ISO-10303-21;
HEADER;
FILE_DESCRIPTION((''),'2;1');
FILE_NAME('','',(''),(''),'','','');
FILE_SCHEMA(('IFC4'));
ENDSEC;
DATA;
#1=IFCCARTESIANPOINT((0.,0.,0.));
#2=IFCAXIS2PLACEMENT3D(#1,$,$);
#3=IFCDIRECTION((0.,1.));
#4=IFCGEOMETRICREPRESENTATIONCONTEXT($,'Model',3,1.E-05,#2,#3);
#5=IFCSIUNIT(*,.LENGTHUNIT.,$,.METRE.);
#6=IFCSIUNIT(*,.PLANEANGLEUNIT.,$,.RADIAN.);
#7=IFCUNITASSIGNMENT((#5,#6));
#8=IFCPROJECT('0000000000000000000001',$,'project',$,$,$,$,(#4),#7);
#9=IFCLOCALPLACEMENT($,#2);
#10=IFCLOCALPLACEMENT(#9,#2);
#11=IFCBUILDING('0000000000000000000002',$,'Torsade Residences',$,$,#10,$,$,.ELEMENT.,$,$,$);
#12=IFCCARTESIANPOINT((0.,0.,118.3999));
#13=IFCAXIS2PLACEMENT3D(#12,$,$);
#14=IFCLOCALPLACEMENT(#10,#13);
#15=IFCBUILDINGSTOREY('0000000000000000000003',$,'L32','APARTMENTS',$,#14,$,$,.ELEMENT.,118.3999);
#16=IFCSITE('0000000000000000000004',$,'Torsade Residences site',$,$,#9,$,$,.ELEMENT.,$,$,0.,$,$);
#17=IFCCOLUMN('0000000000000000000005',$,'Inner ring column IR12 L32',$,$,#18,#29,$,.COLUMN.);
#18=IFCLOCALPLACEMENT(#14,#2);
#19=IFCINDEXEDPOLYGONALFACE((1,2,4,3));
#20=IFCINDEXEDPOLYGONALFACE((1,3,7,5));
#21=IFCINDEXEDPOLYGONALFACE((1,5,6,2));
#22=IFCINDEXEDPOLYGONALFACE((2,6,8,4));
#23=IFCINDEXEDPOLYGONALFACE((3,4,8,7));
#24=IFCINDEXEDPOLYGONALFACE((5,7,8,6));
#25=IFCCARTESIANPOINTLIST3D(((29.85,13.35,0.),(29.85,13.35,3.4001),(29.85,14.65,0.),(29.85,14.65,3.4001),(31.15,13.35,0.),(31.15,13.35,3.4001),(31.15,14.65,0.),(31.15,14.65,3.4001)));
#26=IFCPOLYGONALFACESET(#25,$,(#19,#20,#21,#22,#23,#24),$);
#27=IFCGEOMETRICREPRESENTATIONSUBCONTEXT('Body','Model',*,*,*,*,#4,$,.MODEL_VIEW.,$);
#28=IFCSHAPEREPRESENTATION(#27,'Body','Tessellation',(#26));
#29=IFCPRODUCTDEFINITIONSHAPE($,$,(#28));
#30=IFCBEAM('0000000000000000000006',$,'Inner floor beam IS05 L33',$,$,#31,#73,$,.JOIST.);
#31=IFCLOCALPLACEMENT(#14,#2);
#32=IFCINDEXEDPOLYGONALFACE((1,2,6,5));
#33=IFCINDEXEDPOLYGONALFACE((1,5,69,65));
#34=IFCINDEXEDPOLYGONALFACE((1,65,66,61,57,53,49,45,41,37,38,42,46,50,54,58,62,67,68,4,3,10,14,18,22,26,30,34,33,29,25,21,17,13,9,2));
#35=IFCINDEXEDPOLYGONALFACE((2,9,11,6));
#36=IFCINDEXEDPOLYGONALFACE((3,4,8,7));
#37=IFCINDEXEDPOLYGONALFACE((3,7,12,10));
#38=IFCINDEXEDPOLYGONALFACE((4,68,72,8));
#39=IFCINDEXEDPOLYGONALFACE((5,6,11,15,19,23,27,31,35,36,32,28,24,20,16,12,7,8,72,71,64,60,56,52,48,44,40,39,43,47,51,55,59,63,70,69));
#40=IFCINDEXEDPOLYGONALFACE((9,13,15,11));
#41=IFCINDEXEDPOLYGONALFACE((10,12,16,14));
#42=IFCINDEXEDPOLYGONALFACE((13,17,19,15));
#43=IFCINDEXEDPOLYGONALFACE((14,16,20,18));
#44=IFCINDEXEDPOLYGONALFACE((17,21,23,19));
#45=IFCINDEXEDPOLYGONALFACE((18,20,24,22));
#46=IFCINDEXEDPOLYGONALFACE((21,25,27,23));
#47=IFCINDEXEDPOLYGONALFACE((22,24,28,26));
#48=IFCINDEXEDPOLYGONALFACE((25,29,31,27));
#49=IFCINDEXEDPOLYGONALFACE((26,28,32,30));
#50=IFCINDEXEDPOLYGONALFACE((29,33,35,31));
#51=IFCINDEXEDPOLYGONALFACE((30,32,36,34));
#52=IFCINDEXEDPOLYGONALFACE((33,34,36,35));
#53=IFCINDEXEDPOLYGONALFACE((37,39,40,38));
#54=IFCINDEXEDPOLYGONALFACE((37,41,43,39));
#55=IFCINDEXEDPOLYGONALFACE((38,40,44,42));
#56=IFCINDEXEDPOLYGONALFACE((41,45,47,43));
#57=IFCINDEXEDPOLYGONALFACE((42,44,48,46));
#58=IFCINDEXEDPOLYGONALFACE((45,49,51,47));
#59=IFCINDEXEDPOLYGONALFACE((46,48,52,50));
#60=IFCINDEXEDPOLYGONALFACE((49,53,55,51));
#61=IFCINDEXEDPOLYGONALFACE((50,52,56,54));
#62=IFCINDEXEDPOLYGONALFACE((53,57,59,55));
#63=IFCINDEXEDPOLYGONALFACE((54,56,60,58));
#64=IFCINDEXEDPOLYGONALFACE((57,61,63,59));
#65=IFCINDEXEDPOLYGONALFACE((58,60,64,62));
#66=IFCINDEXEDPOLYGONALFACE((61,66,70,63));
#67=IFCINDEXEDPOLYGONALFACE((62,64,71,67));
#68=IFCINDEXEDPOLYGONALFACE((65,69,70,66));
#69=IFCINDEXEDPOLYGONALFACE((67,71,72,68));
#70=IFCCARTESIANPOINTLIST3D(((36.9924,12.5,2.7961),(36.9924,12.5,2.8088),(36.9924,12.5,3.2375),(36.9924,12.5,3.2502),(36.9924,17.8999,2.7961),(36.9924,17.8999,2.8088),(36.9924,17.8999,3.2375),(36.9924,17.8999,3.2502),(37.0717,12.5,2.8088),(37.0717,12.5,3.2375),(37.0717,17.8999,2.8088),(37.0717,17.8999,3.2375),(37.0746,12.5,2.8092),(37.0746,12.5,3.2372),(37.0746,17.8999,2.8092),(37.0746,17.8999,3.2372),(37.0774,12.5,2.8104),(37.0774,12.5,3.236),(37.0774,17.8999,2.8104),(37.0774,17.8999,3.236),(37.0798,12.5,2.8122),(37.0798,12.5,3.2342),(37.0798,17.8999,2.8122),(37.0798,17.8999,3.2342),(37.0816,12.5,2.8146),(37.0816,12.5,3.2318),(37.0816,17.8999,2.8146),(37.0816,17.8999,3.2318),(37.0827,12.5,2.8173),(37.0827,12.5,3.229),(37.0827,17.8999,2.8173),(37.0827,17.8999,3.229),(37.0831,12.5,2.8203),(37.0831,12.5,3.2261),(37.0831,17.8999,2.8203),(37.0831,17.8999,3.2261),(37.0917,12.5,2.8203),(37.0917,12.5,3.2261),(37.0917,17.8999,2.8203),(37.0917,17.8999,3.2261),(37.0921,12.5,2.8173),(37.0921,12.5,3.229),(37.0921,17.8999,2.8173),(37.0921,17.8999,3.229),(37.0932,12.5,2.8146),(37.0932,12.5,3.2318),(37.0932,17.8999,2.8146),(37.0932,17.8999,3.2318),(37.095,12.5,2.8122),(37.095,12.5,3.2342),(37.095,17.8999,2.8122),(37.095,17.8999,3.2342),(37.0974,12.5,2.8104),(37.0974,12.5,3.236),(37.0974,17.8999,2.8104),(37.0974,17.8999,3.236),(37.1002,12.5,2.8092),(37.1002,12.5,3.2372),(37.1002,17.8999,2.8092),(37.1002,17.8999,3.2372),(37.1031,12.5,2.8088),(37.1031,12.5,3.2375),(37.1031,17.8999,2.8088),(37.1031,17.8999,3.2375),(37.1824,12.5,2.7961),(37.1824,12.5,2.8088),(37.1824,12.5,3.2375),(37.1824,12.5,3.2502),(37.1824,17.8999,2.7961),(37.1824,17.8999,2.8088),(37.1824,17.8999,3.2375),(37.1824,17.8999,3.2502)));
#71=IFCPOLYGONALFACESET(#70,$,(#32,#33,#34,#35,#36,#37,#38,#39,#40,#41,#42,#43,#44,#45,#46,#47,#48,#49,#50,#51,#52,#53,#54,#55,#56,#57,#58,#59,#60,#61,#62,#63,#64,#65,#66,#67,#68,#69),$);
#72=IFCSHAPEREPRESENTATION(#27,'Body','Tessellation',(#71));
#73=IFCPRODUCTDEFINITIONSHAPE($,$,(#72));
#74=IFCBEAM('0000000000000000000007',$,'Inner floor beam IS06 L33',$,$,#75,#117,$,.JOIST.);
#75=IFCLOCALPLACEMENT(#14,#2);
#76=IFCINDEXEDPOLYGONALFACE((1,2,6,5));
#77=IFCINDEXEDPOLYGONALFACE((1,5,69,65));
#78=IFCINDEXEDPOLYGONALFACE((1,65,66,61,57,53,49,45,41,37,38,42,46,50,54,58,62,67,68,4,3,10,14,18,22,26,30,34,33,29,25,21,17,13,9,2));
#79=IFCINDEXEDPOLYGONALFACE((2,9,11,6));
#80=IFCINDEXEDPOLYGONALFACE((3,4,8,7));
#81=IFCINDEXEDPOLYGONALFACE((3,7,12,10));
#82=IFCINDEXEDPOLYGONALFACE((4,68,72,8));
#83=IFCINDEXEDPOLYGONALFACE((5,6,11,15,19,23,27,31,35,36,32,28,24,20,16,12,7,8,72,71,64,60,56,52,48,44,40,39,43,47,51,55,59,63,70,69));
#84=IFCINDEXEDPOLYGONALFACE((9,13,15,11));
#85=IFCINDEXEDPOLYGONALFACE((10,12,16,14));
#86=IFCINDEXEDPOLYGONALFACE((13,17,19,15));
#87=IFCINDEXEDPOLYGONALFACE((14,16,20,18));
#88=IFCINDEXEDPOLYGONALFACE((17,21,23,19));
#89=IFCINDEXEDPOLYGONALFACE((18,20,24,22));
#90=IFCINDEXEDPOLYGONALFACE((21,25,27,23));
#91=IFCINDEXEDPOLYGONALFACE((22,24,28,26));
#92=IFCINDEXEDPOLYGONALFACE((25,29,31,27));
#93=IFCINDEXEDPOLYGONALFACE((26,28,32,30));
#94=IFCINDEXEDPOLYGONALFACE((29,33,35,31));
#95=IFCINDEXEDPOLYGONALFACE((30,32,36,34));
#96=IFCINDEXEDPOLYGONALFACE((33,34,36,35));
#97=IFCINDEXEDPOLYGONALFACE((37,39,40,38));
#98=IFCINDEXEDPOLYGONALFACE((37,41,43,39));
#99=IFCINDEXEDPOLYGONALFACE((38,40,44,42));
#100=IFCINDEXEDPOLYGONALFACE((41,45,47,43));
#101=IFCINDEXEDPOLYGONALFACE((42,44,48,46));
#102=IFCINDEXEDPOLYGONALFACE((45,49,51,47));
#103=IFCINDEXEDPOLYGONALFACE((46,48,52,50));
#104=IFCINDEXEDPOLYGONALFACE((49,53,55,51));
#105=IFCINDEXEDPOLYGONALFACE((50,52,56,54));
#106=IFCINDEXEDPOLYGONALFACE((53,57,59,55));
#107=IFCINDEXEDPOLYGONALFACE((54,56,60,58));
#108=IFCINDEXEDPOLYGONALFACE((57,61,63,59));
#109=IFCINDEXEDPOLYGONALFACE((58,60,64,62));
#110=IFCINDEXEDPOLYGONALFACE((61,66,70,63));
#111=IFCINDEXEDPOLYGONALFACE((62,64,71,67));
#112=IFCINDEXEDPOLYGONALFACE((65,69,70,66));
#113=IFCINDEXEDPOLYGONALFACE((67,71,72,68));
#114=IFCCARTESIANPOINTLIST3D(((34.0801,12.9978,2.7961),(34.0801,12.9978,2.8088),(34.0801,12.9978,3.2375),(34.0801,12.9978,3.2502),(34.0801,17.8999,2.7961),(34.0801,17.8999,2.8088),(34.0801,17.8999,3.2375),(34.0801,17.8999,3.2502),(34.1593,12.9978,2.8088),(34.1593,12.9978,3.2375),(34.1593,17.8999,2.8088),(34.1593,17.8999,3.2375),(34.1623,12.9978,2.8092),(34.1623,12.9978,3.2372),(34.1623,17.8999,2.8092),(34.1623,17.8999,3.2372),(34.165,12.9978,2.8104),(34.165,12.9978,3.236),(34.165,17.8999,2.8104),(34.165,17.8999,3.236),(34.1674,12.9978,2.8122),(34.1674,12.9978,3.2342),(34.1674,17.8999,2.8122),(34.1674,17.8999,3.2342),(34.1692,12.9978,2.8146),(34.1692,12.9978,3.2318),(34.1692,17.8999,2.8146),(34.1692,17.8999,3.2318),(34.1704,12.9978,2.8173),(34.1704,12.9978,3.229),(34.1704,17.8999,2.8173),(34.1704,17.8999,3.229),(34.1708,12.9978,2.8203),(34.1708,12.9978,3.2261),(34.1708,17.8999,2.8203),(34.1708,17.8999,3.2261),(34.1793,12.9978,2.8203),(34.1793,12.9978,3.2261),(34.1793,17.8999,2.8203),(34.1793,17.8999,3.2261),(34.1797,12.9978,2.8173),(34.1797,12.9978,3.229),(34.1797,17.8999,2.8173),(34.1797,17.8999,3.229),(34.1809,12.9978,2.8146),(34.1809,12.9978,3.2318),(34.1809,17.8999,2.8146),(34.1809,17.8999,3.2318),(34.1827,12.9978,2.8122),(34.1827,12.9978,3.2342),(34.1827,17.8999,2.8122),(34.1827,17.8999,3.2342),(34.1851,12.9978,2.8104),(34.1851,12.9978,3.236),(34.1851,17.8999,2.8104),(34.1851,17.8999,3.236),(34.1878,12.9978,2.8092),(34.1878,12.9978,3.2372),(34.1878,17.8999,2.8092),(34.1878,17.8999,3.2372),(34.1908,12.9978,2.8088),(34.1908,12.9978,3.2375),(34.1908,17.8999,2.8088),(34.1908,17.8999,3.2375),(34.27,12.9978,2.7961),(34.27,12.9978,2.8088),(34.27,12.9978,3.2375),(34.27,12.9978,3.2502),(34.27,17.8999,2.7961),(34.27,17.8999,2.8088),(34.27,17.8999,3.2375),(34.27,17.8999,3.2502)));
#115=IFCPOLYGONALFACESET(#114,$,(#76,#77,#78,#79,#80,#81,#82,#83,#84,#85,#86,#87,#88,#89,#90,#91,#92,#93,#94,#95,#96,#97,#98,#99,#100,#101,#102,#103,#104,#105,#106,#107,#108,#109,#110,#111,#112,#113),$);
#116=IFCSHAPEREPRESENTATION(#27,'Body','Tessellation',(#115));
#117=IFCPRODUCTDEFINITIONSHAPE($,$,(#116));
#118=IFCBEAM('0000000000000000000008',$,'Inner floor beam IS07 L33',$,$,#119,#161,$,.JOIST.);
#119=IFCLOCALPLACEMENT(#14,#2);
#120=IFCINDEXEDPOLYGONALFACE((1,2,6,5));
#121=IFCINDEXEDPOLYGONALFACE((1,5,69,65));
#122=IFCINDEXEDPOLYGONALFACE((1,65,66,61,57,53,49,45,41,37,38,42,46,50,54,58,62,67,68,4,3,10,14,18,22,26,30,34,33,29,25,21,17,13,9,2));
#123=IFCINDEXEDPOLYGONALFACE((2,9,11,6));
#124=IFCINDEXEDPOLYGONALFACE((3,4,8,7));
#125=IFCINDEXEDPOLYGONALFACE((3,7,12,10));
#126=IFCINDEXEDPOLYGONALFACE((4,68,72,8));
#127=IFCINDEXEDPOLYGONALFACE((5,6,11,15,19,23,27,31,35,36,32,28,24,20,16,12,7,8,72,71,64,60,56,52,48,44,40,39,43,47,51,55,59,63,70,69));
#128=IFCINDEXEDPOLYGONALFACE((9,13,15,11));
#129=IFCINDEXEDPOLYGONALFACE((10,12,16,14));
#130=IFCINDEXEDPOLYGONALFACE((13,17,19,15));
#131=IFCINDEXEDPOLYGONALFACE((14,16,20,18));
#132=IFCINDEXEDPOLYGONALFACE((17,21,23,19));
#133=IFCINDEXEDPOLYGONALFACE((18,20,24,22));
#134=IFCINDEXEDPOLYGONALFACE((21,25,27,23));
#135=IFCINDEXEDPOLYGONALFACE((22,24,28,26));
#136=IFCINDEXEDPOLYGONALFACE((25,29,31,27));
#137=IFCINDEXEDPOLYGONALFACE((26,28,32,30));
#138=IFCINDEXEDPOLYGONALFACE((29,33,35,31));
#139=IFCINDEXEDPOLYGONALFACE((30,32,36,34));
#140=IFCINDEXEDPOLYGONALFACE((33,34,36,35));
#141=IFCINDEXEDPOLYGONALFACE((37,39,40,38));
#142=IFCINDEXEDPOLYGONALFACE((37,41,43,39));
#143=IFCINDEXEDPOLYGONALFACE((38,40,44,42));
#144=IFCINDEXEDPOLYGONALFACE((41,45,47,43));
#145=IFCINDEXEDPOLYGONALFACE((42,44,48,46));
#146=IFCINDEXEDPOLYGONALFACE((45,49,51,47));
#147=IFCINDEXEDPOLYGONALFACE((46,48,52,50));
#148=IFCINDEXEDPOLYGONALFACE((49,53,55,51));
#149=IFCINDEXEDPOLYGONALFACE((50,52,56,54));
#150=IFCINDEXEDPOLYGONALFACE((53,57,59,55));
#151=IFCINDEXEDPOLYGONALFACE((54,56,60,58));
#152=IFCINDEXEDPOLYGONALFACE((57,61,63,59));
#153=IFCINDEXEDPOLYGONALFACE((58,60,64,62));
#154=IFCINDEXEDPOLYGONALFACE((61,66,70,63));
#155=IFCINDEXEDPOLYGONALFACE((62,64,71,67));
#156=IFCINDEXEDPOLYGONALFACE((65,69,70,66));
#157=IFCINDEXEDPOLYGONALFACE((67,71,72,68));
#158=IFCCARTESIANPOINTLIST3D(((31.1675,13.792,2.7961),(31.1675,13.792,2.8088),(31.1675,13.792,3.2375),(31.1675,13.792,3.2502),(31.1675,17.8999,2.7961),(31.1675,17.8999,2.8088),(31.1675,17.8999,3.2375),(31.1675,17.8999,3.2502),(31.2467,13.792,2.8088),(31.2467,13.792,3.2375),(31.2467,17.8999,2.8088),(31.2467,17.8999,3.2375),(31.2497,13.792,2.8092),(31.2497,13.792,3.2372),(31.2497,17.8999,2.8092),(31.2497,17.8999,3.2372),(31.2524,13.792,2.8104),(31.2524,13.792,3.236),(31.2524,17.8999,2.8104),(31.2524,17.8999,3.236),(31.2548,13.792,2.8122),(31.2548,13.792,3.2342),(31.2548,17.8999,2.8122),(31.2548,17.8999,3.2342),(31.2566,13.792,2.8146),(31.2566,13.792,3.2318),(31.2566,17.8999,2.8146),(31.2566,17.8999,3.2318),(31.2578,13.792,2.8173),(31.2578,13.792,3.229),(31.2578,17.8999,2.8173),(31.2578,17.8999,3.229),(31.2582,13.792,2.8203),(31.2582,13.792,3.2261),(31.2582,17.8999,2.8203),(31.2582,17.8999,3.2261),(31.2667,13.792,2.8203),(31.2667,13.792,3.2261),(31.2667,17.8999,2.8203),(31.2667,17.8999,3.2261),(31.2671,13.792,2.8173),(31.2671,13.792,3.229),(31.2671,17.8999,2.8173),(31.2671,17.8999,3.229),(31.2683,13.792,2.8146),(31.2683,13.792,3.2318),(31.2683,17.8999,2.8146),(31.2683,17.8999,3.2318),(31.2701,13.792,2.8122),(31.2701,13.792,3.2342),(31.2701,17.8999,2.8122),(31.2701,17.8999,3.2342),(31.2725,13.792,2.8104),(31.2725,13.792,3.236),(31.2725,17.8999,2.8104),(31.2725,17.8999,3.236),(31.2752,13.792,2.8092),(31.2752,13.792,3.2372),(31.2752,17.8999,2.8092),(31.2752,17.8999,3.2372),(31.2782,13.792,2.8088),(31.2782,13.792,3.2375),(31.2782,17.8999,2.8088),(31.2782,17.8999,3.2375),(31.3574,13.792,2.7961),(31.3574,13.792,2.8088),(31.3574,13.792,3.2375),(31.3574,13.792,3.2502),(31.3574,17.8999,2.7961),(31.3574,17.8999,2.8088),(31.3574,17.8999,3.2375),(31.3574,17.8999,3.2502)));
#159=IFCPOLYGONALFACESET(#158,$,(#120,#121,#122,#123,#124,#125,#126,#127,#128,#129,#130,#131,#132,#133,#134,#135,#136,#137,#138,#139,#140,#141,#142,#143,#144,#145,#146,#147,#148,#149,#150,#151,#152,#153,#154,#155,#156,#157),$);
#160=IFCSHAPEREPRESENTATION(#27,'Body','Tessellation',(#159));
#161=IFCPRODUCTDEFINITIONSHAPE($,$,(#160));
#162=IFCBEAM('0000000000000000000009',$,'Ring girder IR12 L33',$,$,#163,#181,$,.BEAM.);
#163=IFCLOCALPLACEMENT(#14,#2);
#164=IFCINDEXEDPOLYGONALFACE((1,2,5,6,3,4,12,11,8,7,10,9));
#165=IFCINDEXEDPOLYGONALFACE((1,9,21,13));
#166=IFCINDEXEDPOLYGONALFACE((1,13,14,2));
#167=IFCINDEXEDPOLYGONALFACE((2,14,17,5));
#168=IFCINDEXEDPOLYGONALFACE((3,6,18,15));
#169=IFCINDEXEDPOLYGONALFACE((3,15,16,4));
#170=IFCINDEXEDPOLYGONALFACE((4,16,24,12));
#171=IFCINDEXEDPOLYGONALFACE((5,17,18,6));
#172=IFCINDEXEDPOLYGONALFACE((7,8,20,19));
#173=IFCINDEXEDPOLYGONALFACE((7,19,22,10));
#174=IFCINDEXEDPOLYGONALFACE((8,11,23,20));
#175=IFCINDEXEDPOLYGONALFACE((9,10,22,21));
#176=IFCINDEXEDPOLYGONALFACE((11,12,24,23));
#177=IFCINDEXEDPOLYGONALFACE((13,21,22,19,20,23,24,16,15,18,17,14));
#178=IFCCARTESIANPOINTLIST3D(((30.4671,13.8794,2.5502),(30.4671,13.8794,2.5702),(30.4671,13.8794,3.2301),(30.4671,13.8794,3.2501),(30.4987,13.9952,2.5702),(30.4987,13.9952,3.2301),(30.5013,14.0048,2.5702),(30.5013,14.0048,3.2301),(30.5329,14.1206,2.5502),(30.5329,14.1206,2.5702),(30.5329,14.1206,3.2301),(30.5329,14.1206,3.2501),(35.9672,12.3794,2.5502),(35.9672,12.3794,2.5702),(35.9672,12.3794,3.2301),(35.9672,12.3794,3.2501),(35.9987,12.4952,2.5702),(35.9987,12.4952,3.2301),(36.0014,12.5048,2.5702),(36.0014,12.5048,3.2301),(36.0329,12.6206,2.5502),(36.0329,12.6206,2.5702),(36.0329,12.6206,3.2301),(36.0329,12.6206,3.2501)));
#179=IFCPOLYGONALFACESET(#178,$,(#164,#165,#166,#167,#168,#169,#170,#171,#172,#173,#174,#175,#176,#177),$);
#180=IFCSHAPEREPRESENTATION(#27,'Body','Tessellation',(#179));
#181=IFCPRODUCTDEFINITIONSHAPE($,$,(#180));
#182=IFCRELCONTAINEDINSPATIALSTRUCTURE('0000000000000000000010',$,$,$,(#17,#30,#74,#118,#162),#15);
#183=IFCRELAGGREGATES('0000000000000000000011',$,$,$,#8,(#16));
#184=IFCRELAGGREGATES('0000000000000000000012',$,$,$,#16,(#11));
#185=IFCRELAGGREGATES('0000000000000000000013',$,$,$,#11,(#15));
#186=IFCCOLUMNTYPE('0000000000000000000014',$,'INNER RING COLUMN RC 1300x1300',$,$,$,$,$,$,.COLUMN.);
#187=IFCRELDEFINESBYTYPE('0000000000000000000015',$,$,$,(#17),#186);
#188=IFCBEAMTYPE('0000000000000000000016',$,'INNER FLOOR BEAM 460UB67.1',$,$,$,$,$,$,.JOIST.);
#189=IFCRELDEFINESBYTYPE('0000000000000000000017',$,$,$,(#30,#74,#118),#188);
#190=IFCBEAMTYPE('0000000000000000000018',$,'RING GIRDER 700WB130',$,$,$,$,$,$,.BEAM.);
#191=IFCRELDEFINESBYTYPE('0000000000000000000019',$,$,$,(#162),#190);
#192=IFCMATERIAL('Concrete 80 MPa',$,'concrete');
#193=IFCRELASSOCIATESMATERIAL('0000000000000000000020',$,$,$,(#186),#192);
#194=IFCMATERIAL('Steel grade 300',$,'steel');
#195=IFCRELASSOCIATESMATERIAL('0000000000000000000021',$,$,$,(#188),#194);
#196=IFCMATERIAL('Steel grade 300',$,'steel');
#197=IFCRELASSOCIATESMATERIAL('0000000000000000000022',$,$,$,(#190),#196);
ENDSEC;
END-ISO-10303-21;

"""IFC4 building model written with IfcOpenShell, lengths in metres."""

from ifc_helpers import new_model, si_unit, direction, frame, origin, origin_2d, place, context, subcontext, project, spatial, rectangle, i_section, extrude, material, material_profile, profile_set, type_object, element, save


model = new_model("IFC4")

# Units and contexts
model_context = context("Model", 3, precision=1e-05, world=origin(), true_north=direction((0.0, 1.0)))
body_context = subcontext(model_context, "Body", "Model", "MODEL_VIEW")
ifc_project = project(units=[si_unit("LENGTHUNIT", "METRE"), si_unit("PLANEANGLEUNIT", "RADIAN")], contexts=[model_context])

# Site, building, storey
site_placement = place(None, origin())
site = spatial("IfcSite", under=ifc_project, at=site_placement, Name="Torsade Residences site", CompositionType="ELEMENT", RefElevation=0.0)
building_placement = place(site_placement, origin())
building = spatial("IfcBuilding", under=site, at=building_placement, Name="Torsade Residences", CompositionType="ELEMENT")
storey_placement = place(building_placement, frame((0.0, 0.0, 118.3999)))
storey = spatial("IfcBuildingStorey", under=building, at=storey_placement, Name="L32", Description="APARTMENTS", CompositionType="ELEMENT", Elevation=118.3999)

# Column
ifc_material_1 = material(Name="Concrete 80 MPa", Category="concrete")
ifc_material_profile_1 = material_profile(ifc_material_1, rectangle(XDim=1.3, YDim=1.3, at=origin_2d()), Name="RC 1300x1300")
ifc_profile_set_1 = profile_set([ifc_material_profile_1], Name="Concrete 80 MPa")
column_type = type_object("IfcColumnType", Name="INNER RING COLUMN RC 1300x1300", PredefinedType="COLUMN", material=ifc_profile_set_1)
column_placement = place(storey_placement, frame((30.5, 14.0, 0.0), z_axis=(0.0, 0.0, 1.0), x_axis=(1.0, 0.0, 0.0)))
element("IfcColumn", 1, at=column_placement, inside=storey, type_object=column_type, Name="Inner ring column IR12 L32", PredefinedType="COLUMN", context=body_context, shape_type="SweptSolid", body=[
    extrude(rectangle(XDim=1.3, YDim=1.3, at=origin_2d()), origin(), (0.0, 0.0, 1.0), 3.4001),
])

# Beams
ifc_material_2 = material(Name="Steel grade 300", Category="steel")
ifc_material_profile_2 = material_profile(ifc_material_2, i_section(OverallWidth=0.1899, OverallDepth=0.4541, WebThickness=0.0085, FlangeThickness=0.0127, FilletRadius=0.0115, at=origin_2d()), Name="460UB67.1")
ifc_profile_set_2 = profile_set([ifc_material_profile_2], Name="Steel grade 300")
beam_type_1 = type_object("IfcBeamType", Name="INNER FLOOR BEAM 460UB67.1", PredefinedType="JOIST", material=ifc_profile_set_2)
beam_1_placement = place(storey_placement, frame((37.0874, 17.8999, 3.0232), z_axis=(0.0, -1.0, 0.0), x_axis=(1.0, 0.0, 0.0)))
element("IfcBeam", 2, at=beam_1_placement, inside=storey, type_object=beam_type_1, Name="Inner floor beam IS05 L33", PredefinedType="JOIST", context=body_context, shape_type="SweptSolid", body=[
    extrude(i_section(OverallWidth=0.1899, OverallDepth=0.4541, WebThickness=0.0085, FlangeThickness=0.0127, FilletRadius=0.0115, at=origin_2d()), origin(), (0.0, 0.0, 1.0), 5.3999),
])
beam_2_placement = place(storey_placement, frame((34.175, 17.8999, 3.0232), z_axis=(0.0, -1.0, 0.0), x_axis=(1.0, 0.0, 0.0)))
element("IfcBeam", 3, at=beam_2_placement, inside=storey, type_object=beam_type_1, Name="Inner floor beam IS06 L33", PredefinedType="JOIST", context=body_context, shape_type="SweptSolid", body=[
    extrude(i_section(OverallWidth=0.1899, OverallDepth=0.4541, WebThickness=0.0085, FlangeThickness=0.0127, FilletRadius=0.0115, at=origin_2d()), origin(), (0.0, 0.0, 1.0), 4.9021),
])
beam_3_placement = place(storey_placement, frame((31.2625, 17.8999, 3.0232), z_axis=(0.0, -1.0, 0.0), x_axis=(1.0, 0.0, 0.0)))
element("IfcBeam", 4, at=beam_3_placement, inside=storey, type_object=beam_type_1, Name="Inner floor beam IS07 L33", PredefinedType="JOIST", context=body_context, shape_type="SweptSolid", body=[
    extrude(i_section(OverallWidth=0.1899, OverallDepth=0.4541, WebThickness=0.0085, FlangeThickness=0.0127, FilletRadius=0.0115, at=origin_2d()), origin(), (0.0, 0.0, 1.0), 4.1079),
])
ifc_material_3 = material(Name="Steel grade 300", Category="steel")
ifc_material_profile_3 = material_profile(ifc_material_3, i_section(OverallWidth=0.25, OverallDepth=0.7, WebThickness=0.01, FlangeThickness=0.02, at=origin_2d()), Name="700WB130")
ifc_profile_set_3 = profile_set([ifc_material_profile_3], Name="Steel grade 300")
beam_type_2 = type_object("IfcBeamType", Name="RING GIRDER 700WB130", PredefinedType="BEAM", material=ifc_profile_set_3)
beam_4_placement = place(storey_placement, frame((30.5, 14.0, 2.9001), z_axis=(0.964764, -0.263117, 0.0), x_axis=(0.263117, 0.964764, 0.0)))
element("IfcBeam", 5, at=beam_4_placement, inside=storey, type_object=beam_type_2, Name="Ring girder IR12 L33", PredefinedType="BEAM", context=body_context, shape_type="SweptSolid", body=[
    extrude(i_section(OverallWidth=0.25, OverallDepth=0.7, WebThickness=0.01, FlangeThickness=0.02, at=origin_2d()), origin(), (0.0, 0.0, 1.0), 5.7009),
])

save(model, "model.ifc")
